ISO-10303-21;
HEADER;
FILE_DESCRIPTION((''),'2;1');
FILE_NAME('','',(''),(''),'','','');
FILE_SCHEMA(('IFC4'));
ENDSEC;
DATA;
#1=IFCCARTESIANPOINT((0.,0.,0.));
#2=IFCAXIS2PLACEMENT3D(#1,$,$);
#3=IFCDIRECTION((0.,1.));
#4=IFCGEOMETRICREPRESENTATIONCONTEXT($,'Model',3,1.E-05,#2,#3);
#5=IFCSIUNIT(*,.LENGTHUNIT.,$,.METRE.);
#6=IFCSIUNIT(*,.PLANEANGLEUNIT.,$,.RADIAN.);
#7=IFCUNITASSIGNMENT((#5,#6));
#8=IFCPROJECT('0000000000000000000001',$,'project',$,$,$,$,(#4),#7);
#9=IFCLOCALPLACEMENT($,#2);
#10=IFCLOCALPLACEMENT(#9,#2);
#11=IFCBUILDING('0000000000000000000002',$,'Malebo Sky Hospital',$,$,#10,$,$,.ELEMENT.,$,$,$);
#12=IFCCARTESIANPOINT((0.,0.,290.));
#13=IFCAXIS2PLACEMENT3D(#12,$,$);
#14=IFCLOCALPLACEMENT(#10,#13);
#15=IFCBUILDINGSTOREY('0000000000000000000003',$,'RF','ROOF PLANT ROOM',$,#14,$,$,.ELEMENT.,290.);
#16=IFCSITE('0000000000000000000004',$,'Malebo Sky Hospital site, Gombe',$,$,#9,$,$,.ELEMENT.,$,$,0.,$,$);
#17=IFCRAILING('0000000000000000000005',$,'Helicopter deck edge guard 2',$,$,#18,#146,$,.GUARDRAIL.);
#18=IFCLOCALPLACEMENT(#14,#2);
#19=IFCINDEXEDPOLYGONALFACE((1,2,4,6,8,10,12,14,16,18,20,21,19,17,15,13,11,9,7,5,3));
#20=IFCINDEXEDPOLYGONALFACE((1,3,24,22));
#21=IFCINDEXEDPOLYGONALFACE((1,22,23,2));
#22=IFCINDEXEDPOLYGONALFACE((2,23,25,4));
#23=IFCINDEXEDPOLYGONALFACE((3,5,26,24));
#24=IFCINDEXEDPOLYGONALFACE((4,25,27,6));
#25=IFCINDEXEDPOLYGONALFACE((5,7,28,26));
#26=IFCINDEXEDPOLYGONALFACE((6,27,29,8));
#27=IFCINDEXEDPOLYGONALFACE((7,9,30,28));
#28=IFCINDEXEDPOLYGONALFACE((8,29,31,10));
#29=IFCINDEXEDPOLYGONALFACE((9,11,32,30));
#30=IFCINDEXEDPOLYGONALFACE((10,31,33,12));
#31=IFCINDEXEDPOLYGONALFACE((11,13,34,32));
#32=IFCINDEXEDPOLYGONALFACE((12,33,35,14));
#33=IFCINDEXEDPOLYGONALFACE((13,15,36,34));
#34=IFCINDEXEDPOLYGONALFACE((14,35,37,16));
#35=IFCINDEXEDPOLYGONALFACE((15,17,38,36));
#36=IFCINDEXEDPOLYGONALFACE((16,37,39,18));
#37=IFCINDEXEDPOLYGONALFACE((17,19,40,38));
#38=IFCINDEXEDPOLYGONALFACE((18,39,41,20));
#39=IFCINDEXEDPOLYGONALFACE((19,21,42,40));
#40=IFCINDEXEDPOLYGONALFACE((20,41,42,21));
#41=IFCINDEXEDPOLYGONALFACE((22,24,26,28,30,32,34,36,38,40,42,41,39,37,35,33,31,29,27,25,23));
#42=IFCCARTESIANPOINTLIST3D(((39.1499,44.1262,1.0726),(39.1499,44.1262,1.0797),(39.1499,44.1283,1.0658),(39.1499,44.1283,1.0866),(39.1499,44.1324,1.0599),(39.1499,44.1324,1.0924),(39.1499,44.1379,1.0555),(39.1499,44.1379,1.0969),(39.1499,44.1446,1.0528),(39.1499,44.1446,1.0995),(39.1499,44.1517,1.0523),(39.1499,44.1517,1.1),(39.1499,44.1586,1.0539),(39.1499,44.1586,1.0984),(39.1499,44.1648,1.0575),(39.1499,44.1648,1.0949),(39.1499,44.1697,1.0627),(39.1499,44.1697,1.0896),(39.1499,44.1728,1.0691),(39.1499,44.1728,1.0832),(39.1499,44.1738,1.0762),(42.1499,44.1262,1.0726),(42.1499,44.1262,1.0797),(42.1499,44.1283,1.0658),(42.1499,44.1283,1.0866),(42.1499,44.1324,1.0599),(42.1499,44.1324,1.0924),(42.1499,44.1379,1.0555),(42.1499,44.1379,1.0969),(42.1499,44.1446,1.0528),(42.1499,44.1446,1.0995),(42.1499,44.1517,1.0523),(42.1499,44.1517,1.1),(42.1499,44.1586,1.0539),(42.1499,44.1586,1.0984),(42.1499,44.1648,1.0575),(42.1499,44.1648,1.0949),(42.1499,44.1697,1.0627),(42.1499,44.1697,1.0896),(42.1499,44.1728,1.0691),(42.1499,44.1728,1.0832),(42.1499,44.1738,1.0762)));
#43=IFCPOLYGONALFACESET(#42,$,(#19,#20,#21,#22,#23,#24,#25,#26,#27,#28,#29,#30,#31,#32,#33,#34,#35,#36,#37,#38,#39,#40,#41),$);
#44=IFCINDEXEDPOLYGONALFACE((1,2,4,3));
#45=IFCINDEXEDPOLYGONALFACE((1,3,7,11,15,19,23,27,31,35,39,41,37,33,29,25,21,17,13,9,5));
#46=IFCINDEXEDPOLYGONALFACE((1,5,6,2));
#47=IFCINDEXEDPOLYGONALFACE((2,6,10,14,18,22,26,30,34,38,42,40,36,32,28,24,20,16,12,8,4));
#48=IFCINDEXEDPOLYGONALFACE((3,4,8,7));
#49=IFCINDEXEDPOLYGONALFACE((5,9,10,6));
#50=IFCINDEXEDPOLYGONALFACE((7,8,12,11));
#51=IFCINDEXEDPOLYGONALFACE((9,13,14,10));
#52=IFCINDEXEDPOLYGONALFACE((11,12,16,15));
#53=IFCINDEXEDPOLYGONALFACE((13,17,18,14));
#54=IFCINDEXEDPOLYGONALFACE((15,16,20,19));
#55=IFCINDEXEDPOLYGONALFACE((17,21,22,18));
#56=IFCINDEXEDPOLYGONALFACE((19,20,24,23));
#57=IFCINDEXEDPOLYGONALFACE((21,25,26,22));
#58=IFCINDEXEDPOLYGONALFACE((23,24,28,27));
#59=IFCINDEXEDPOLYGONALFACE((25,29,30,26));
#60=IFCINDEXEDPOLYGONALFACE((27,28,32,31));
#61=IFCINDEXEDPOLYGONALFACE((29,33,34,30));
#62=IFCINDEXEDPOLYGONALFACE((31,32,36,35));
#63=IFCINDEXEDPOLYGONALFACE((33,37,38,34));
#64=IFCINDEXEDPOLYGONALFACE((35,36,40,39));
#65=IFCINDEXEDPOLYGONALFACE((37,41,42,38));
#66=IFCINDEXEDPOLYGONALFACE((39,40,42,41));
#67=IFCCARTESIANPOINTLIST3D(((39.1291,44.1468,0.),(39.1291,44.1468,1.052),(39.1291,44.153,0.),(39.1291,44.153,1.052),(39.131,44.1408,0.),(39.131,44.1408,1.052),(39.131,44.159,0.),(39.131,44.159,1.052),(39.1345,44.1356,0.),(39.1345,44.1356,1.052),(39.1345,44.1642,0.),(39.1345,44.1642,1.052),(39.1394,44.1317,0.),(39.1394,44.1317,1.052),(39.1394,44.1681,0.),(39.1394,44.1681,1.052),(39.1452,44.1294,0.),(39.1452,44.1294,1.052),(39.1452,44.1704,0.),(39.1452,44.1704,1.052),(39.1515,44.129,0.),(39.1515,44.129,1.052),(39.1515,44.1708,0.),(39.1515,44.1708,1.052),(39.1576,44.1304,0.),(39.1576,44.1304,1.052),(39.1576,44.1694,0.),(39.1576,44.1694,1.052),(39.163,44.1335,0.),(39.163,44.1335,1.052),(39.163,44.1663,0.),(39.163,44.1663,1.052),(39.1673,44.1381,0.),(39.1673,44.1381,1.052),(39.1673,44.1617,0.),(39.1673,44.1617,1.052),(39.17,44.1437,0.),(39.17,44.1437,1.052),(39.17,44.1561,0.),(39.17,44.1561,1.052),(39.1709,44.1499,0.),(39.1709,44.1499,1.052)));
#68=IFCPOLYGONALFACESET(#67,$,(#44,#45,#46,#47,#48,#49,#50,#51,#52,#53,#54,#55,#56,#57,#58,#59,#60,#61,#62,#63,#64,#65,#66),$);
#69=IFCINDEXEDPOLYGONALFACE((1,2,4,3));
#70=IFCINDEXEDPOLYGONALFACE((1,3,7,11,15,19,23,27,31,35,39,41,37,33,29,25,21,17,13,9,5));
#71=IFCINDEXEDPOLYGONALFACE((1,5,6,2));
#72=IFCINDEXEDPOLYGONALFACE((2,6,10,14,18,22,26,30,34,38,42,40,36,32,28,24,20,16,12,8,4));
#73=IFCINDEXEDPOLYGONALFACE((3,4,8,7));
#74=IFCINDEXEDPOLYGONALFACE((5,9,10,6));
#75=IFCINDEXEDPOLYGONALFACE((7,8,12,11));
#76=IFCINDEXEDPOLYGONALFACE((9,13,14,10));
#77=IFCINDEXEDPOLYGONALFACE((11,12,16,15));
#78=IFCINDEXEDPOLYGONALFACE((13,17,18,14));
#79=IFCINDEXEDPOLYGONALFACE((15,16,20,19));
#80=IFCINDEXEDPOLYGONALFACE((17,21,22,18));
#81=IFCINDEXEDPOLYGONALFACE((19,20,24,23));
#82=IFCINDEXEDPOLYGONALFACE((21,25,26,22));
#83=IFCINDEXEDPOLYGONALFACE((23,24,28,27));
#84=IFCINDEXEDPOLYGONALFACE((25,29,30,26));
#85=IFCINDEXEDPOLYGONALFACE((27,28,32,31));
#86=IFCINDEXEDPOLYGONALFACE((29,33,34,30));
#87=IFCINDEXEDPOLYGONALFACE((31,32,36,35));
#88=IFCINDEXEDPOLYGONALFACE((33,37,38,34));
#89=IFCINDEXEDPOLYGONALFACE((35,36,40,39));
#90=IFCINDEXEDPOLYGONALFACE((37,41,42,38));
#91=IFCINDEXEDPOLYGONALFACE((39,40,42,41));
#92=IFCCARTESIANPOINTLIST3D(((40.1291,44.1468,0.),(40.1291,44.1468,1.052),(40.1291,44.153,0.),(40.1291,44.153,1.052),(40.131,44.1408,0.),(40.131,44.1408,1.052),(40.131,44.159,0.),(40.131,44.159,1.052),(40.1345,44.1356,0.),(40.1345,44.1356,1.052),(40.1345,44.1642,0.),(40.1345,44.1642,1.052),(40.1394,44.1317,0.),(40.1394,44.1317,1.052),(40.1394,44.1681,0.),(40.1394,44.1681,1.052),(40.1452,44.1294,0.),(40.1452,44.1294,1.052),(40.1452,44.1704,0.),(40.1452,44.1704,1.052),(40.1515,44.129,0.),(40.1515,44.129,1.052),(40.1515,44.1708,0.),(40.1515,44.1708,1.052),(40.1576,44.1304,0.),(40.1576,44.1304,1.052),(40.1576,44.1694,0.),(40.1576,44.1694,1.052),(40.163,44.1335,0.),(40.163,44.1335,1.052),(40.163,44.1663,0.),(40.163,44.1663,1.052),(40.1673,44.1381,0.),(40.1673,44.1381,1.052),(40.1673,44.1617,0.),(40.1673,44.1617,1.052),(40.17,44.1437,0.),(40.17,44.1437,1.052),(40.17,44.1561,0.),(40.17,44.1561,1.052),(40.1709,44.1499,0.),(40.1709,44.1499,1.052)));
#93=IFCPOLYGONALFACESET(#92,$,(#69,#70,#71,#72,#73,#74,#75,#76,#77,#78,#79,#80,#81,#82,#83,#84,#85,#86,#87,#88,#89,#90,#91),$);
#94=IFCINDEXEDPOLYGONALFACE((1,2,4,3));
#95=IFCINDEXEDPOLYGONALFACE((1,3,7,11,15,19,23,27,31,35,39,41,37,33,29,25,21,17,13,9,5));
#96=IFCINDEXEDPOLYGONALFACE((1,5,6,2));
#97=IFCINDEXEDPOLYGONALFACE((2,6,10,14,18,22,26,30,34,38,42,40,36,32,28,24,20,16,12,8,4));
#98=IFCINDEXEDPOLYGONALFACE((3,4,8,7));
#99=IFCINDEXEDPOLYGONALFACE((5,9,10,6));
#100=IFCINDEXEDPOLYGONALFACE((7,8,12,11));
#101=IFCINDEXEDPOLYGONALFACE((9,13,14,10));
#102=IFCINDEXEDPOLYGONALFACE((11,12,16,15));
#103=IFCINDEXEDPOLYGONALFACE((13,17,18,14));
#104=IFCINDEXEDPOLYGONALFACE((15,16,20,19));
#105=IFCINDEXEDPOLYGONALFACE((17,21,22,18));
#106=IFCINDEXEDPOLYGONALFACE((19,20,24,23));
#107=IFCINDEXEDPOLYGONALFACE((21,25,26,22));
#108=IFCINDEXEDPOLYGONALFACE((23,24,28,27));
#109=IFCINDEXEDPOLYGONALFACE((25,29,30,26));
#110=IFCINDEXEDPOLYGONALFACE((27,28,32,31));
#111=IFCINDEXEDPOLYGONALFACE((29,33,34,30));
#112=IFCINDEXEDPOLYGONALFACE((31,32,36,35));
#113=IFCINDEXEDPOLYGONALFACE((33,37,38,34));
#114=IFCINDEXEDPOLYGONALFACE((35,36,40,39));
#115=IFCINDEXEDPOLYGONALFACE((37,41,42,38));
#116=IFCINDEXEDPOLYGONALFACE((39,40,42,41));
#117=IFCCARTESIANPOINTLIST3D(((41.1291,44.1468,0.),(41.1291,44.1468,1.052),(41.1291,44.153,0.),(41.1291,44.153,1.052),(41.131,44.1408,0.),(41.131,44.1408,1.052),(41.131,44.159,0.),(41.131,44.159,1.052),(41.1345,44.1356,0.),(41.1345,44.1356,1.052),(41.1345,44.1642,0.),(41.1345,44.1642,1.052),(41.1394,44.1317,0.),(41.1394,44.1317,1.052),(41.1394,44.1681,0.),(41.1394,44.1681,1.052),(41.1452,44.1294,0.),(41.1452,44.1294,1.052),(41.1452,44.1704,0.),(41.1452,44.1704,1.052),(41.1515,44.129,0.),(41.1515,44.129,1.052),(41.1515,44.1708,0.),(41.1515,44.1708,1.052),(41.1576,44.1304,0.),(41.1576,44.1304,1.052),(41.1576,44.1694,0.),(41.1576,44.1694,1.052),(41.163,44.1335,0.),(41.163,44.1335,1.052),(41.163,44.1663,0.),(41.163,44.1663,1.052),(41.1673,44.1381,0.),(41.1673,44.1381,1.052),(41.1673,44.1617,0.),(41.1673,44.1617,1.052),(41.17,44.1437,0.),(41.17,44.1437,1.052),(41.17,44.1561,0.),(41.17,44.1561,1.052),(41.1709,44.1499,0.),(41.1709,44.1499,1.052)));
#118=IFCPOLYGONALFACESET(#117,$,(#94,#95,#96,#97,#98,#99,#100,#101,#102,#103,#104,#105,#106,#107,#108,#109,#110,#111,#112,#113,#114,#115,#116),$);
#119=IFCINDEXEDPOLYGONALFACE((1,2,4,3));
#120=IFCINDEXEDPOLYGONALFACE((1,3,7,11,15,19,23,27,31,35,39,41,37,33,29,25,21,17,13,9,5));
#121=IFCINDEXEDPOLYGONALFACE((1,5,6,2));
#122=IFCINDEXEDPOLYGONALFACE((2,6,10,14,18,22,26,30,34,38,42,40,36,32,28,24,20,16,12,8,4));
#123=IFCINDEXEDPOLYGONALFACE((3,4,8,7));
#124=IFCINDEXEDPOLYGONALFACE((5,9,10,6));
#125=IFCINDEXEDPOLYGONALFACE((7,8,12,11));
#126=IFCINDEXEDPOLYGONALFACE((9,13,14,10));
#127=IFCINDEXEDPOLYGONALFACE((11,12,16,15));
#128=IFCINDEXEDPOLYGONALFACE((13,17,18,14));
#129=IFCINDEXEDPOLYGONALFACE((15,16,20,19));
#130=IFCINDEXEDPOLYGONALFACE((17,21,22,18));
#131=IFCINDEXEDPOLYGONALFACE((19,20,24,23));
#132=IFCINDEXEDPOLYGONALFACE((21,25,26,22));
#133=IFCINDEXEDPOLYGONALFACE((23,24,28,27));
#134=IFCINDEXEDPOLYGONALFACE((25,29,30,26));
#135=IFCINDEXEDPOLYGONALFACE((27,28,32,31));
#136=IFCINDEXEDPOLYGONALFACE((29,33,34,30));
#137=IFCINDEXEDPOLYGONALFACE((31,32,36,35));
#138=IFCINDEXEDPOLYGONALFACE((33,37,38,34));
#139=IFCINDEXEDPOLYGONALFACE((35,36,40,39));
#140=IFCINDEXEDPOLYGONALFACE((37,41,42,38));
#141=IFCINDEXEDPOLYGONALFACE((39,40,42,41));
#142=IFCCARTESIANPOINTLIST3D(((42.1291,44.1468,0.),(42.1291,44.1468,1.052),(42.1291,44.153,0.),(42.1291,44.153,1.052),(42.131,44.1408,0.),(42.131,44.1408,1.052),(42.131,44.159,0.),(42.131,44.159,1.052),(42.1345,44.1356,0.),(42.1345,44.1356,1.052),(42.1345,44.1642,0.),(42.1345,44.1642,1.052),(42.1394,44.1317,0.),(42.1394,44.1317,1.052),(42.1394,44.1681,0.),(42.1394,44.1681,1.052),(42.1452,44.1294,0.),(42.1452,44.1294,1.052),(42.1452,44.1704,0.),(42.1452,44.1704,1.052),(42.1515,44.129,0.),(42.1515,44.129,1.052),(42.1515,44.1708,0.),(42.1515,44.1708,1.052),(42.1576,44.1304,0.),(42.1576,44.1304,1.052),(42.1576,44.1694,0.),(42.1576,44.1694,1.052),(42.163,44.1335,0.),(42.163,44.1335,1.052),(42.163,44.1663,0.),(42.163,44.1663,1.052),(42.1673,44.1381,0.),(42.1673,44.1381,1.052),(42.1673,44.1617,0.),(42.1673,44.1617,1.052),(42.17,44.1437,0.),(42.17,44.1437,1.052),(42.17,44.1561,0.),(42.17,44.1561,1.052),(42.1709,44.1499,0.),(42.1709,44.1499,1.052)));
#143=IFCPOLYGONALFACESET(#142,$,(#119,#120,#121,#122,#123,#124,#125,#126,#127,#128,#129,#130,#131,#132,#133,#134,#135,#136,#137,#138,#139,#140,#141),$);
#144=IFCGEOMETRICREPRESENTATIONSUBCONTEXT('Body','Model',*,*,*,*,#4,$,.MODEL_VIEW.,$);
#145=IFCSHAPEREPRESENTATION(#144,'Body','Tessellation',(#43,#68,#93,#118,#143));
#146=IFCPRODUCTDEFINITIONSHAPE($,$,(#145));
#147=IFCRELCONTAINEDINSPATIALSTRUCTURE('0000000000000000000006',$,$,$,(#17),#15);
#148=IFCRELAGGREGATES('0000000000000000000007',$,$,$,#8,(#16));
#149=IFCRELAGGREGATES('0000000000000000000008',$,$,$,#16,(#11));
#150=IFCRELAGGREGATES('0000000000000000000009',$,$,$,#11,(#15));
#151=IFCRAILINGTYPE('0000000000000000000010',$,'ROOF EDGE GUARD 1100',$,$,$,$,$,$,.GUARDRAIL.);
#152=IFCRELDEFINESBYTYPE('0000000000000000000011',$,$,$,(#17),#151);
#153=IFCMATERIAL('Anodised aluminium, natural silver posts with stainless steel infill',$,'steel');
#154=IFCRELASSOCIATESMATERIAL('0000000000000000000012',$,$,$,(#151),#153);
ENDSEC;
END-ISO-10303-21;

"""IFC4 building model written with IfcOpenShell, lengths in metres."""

from ifc_helpers import new_model, si_unit, direction, frame, origin, origin_2d, place, context, subcontext, project, spatial, circle, extrude, material, type_object, element, save


model = new_model("IFC4")

# Units and contexts
model_context = context("Model", 3, precision=1e-05, world=origin(), true_north=direction((0.0, 1.0)))
body_context = subcontext(model_context, "Body", "Model", "MODEL_VIEW")
ifc_project = project(units=[si_unit("LENGTHUNIT", "METRE"), si_unit("PLANEANGLEUNIT", "RADIAN")], contexts=[model_context])

# Site, building, storey
site_placement = place(None, origin())
site = spatial("IfcSite", under=ifc_project, at=site_placement, Name="Malebo Sky Hospital site, Gombe", CompositionType="ELEMENT", RefElevation=0.0)
building_placement = place(site_placement, origin())
building = spatial("IfcBuilding", under=site, at=building_placement, Name="Malebo Sky Hospital", CompositionType="ELEMENT")
storey_placement = place(building_placement, frame((0.0, 0.0, 290.0)))
storey = spatial("IfcBuildingStorey", under=building, at=storey_placement, Name="RF", Description="ROOF PLANT ROOM", CompositionType="ELEMENT", Elevation=290.0)

# Railing
ifc_material_1 = material(Name="Anodised aluminium, natural silver posts with stainless steel infill", Category="steel")
railing_type = type_object("IfcRailingType", Name="ROOF EDGE GUARD 1100", PredefinedType="GUARDRAIL", material=ifc_material_1)
railing_1_placement = place(storey_placement, frame((39.1499, 44.1499, 0.0)))
element("IfcRailing", 1, at=railing_1_placement, inside=storey, type_object=railing_type, Name="Helicopter deck edge guard 2", PredefinedType="GUARDRAIL", context=body_context, shape_type="SweptSolid", body=[
    extrude(circle(Radius=0.0239, at=origin_2d()), frame((0.0, 0.0, 1.0762), z_axis=(1.0, 0.0, 0.0), x_axis=(0.0, 1.0, 0.0)), (0.0, 0.0, 1.0), 3.0),
    extrude(circle(Radius=0.021, at=origin_2d()), origin(), (0.0, 0.0, 1.0), 1.052),
    extrude(circle(Radius=0.021, at=origin_2d()), frame((1.0, 0.0, 0.0)), (0.0, 0.0, 1.0), 1.052),
    extrude(circle(Radius=0.021, at=origin_2d()), frame((2.0, 0.0, 0.0)), (0.0, 0.0, 1.0), 1.052),
    extrude(circle(Radius=0.021, at=origin_2d()), frame((3.0, 0.0, 0.0)), (0.0, 0.0, 1.0), 1.052),
])

save(model, "model.ifc")
